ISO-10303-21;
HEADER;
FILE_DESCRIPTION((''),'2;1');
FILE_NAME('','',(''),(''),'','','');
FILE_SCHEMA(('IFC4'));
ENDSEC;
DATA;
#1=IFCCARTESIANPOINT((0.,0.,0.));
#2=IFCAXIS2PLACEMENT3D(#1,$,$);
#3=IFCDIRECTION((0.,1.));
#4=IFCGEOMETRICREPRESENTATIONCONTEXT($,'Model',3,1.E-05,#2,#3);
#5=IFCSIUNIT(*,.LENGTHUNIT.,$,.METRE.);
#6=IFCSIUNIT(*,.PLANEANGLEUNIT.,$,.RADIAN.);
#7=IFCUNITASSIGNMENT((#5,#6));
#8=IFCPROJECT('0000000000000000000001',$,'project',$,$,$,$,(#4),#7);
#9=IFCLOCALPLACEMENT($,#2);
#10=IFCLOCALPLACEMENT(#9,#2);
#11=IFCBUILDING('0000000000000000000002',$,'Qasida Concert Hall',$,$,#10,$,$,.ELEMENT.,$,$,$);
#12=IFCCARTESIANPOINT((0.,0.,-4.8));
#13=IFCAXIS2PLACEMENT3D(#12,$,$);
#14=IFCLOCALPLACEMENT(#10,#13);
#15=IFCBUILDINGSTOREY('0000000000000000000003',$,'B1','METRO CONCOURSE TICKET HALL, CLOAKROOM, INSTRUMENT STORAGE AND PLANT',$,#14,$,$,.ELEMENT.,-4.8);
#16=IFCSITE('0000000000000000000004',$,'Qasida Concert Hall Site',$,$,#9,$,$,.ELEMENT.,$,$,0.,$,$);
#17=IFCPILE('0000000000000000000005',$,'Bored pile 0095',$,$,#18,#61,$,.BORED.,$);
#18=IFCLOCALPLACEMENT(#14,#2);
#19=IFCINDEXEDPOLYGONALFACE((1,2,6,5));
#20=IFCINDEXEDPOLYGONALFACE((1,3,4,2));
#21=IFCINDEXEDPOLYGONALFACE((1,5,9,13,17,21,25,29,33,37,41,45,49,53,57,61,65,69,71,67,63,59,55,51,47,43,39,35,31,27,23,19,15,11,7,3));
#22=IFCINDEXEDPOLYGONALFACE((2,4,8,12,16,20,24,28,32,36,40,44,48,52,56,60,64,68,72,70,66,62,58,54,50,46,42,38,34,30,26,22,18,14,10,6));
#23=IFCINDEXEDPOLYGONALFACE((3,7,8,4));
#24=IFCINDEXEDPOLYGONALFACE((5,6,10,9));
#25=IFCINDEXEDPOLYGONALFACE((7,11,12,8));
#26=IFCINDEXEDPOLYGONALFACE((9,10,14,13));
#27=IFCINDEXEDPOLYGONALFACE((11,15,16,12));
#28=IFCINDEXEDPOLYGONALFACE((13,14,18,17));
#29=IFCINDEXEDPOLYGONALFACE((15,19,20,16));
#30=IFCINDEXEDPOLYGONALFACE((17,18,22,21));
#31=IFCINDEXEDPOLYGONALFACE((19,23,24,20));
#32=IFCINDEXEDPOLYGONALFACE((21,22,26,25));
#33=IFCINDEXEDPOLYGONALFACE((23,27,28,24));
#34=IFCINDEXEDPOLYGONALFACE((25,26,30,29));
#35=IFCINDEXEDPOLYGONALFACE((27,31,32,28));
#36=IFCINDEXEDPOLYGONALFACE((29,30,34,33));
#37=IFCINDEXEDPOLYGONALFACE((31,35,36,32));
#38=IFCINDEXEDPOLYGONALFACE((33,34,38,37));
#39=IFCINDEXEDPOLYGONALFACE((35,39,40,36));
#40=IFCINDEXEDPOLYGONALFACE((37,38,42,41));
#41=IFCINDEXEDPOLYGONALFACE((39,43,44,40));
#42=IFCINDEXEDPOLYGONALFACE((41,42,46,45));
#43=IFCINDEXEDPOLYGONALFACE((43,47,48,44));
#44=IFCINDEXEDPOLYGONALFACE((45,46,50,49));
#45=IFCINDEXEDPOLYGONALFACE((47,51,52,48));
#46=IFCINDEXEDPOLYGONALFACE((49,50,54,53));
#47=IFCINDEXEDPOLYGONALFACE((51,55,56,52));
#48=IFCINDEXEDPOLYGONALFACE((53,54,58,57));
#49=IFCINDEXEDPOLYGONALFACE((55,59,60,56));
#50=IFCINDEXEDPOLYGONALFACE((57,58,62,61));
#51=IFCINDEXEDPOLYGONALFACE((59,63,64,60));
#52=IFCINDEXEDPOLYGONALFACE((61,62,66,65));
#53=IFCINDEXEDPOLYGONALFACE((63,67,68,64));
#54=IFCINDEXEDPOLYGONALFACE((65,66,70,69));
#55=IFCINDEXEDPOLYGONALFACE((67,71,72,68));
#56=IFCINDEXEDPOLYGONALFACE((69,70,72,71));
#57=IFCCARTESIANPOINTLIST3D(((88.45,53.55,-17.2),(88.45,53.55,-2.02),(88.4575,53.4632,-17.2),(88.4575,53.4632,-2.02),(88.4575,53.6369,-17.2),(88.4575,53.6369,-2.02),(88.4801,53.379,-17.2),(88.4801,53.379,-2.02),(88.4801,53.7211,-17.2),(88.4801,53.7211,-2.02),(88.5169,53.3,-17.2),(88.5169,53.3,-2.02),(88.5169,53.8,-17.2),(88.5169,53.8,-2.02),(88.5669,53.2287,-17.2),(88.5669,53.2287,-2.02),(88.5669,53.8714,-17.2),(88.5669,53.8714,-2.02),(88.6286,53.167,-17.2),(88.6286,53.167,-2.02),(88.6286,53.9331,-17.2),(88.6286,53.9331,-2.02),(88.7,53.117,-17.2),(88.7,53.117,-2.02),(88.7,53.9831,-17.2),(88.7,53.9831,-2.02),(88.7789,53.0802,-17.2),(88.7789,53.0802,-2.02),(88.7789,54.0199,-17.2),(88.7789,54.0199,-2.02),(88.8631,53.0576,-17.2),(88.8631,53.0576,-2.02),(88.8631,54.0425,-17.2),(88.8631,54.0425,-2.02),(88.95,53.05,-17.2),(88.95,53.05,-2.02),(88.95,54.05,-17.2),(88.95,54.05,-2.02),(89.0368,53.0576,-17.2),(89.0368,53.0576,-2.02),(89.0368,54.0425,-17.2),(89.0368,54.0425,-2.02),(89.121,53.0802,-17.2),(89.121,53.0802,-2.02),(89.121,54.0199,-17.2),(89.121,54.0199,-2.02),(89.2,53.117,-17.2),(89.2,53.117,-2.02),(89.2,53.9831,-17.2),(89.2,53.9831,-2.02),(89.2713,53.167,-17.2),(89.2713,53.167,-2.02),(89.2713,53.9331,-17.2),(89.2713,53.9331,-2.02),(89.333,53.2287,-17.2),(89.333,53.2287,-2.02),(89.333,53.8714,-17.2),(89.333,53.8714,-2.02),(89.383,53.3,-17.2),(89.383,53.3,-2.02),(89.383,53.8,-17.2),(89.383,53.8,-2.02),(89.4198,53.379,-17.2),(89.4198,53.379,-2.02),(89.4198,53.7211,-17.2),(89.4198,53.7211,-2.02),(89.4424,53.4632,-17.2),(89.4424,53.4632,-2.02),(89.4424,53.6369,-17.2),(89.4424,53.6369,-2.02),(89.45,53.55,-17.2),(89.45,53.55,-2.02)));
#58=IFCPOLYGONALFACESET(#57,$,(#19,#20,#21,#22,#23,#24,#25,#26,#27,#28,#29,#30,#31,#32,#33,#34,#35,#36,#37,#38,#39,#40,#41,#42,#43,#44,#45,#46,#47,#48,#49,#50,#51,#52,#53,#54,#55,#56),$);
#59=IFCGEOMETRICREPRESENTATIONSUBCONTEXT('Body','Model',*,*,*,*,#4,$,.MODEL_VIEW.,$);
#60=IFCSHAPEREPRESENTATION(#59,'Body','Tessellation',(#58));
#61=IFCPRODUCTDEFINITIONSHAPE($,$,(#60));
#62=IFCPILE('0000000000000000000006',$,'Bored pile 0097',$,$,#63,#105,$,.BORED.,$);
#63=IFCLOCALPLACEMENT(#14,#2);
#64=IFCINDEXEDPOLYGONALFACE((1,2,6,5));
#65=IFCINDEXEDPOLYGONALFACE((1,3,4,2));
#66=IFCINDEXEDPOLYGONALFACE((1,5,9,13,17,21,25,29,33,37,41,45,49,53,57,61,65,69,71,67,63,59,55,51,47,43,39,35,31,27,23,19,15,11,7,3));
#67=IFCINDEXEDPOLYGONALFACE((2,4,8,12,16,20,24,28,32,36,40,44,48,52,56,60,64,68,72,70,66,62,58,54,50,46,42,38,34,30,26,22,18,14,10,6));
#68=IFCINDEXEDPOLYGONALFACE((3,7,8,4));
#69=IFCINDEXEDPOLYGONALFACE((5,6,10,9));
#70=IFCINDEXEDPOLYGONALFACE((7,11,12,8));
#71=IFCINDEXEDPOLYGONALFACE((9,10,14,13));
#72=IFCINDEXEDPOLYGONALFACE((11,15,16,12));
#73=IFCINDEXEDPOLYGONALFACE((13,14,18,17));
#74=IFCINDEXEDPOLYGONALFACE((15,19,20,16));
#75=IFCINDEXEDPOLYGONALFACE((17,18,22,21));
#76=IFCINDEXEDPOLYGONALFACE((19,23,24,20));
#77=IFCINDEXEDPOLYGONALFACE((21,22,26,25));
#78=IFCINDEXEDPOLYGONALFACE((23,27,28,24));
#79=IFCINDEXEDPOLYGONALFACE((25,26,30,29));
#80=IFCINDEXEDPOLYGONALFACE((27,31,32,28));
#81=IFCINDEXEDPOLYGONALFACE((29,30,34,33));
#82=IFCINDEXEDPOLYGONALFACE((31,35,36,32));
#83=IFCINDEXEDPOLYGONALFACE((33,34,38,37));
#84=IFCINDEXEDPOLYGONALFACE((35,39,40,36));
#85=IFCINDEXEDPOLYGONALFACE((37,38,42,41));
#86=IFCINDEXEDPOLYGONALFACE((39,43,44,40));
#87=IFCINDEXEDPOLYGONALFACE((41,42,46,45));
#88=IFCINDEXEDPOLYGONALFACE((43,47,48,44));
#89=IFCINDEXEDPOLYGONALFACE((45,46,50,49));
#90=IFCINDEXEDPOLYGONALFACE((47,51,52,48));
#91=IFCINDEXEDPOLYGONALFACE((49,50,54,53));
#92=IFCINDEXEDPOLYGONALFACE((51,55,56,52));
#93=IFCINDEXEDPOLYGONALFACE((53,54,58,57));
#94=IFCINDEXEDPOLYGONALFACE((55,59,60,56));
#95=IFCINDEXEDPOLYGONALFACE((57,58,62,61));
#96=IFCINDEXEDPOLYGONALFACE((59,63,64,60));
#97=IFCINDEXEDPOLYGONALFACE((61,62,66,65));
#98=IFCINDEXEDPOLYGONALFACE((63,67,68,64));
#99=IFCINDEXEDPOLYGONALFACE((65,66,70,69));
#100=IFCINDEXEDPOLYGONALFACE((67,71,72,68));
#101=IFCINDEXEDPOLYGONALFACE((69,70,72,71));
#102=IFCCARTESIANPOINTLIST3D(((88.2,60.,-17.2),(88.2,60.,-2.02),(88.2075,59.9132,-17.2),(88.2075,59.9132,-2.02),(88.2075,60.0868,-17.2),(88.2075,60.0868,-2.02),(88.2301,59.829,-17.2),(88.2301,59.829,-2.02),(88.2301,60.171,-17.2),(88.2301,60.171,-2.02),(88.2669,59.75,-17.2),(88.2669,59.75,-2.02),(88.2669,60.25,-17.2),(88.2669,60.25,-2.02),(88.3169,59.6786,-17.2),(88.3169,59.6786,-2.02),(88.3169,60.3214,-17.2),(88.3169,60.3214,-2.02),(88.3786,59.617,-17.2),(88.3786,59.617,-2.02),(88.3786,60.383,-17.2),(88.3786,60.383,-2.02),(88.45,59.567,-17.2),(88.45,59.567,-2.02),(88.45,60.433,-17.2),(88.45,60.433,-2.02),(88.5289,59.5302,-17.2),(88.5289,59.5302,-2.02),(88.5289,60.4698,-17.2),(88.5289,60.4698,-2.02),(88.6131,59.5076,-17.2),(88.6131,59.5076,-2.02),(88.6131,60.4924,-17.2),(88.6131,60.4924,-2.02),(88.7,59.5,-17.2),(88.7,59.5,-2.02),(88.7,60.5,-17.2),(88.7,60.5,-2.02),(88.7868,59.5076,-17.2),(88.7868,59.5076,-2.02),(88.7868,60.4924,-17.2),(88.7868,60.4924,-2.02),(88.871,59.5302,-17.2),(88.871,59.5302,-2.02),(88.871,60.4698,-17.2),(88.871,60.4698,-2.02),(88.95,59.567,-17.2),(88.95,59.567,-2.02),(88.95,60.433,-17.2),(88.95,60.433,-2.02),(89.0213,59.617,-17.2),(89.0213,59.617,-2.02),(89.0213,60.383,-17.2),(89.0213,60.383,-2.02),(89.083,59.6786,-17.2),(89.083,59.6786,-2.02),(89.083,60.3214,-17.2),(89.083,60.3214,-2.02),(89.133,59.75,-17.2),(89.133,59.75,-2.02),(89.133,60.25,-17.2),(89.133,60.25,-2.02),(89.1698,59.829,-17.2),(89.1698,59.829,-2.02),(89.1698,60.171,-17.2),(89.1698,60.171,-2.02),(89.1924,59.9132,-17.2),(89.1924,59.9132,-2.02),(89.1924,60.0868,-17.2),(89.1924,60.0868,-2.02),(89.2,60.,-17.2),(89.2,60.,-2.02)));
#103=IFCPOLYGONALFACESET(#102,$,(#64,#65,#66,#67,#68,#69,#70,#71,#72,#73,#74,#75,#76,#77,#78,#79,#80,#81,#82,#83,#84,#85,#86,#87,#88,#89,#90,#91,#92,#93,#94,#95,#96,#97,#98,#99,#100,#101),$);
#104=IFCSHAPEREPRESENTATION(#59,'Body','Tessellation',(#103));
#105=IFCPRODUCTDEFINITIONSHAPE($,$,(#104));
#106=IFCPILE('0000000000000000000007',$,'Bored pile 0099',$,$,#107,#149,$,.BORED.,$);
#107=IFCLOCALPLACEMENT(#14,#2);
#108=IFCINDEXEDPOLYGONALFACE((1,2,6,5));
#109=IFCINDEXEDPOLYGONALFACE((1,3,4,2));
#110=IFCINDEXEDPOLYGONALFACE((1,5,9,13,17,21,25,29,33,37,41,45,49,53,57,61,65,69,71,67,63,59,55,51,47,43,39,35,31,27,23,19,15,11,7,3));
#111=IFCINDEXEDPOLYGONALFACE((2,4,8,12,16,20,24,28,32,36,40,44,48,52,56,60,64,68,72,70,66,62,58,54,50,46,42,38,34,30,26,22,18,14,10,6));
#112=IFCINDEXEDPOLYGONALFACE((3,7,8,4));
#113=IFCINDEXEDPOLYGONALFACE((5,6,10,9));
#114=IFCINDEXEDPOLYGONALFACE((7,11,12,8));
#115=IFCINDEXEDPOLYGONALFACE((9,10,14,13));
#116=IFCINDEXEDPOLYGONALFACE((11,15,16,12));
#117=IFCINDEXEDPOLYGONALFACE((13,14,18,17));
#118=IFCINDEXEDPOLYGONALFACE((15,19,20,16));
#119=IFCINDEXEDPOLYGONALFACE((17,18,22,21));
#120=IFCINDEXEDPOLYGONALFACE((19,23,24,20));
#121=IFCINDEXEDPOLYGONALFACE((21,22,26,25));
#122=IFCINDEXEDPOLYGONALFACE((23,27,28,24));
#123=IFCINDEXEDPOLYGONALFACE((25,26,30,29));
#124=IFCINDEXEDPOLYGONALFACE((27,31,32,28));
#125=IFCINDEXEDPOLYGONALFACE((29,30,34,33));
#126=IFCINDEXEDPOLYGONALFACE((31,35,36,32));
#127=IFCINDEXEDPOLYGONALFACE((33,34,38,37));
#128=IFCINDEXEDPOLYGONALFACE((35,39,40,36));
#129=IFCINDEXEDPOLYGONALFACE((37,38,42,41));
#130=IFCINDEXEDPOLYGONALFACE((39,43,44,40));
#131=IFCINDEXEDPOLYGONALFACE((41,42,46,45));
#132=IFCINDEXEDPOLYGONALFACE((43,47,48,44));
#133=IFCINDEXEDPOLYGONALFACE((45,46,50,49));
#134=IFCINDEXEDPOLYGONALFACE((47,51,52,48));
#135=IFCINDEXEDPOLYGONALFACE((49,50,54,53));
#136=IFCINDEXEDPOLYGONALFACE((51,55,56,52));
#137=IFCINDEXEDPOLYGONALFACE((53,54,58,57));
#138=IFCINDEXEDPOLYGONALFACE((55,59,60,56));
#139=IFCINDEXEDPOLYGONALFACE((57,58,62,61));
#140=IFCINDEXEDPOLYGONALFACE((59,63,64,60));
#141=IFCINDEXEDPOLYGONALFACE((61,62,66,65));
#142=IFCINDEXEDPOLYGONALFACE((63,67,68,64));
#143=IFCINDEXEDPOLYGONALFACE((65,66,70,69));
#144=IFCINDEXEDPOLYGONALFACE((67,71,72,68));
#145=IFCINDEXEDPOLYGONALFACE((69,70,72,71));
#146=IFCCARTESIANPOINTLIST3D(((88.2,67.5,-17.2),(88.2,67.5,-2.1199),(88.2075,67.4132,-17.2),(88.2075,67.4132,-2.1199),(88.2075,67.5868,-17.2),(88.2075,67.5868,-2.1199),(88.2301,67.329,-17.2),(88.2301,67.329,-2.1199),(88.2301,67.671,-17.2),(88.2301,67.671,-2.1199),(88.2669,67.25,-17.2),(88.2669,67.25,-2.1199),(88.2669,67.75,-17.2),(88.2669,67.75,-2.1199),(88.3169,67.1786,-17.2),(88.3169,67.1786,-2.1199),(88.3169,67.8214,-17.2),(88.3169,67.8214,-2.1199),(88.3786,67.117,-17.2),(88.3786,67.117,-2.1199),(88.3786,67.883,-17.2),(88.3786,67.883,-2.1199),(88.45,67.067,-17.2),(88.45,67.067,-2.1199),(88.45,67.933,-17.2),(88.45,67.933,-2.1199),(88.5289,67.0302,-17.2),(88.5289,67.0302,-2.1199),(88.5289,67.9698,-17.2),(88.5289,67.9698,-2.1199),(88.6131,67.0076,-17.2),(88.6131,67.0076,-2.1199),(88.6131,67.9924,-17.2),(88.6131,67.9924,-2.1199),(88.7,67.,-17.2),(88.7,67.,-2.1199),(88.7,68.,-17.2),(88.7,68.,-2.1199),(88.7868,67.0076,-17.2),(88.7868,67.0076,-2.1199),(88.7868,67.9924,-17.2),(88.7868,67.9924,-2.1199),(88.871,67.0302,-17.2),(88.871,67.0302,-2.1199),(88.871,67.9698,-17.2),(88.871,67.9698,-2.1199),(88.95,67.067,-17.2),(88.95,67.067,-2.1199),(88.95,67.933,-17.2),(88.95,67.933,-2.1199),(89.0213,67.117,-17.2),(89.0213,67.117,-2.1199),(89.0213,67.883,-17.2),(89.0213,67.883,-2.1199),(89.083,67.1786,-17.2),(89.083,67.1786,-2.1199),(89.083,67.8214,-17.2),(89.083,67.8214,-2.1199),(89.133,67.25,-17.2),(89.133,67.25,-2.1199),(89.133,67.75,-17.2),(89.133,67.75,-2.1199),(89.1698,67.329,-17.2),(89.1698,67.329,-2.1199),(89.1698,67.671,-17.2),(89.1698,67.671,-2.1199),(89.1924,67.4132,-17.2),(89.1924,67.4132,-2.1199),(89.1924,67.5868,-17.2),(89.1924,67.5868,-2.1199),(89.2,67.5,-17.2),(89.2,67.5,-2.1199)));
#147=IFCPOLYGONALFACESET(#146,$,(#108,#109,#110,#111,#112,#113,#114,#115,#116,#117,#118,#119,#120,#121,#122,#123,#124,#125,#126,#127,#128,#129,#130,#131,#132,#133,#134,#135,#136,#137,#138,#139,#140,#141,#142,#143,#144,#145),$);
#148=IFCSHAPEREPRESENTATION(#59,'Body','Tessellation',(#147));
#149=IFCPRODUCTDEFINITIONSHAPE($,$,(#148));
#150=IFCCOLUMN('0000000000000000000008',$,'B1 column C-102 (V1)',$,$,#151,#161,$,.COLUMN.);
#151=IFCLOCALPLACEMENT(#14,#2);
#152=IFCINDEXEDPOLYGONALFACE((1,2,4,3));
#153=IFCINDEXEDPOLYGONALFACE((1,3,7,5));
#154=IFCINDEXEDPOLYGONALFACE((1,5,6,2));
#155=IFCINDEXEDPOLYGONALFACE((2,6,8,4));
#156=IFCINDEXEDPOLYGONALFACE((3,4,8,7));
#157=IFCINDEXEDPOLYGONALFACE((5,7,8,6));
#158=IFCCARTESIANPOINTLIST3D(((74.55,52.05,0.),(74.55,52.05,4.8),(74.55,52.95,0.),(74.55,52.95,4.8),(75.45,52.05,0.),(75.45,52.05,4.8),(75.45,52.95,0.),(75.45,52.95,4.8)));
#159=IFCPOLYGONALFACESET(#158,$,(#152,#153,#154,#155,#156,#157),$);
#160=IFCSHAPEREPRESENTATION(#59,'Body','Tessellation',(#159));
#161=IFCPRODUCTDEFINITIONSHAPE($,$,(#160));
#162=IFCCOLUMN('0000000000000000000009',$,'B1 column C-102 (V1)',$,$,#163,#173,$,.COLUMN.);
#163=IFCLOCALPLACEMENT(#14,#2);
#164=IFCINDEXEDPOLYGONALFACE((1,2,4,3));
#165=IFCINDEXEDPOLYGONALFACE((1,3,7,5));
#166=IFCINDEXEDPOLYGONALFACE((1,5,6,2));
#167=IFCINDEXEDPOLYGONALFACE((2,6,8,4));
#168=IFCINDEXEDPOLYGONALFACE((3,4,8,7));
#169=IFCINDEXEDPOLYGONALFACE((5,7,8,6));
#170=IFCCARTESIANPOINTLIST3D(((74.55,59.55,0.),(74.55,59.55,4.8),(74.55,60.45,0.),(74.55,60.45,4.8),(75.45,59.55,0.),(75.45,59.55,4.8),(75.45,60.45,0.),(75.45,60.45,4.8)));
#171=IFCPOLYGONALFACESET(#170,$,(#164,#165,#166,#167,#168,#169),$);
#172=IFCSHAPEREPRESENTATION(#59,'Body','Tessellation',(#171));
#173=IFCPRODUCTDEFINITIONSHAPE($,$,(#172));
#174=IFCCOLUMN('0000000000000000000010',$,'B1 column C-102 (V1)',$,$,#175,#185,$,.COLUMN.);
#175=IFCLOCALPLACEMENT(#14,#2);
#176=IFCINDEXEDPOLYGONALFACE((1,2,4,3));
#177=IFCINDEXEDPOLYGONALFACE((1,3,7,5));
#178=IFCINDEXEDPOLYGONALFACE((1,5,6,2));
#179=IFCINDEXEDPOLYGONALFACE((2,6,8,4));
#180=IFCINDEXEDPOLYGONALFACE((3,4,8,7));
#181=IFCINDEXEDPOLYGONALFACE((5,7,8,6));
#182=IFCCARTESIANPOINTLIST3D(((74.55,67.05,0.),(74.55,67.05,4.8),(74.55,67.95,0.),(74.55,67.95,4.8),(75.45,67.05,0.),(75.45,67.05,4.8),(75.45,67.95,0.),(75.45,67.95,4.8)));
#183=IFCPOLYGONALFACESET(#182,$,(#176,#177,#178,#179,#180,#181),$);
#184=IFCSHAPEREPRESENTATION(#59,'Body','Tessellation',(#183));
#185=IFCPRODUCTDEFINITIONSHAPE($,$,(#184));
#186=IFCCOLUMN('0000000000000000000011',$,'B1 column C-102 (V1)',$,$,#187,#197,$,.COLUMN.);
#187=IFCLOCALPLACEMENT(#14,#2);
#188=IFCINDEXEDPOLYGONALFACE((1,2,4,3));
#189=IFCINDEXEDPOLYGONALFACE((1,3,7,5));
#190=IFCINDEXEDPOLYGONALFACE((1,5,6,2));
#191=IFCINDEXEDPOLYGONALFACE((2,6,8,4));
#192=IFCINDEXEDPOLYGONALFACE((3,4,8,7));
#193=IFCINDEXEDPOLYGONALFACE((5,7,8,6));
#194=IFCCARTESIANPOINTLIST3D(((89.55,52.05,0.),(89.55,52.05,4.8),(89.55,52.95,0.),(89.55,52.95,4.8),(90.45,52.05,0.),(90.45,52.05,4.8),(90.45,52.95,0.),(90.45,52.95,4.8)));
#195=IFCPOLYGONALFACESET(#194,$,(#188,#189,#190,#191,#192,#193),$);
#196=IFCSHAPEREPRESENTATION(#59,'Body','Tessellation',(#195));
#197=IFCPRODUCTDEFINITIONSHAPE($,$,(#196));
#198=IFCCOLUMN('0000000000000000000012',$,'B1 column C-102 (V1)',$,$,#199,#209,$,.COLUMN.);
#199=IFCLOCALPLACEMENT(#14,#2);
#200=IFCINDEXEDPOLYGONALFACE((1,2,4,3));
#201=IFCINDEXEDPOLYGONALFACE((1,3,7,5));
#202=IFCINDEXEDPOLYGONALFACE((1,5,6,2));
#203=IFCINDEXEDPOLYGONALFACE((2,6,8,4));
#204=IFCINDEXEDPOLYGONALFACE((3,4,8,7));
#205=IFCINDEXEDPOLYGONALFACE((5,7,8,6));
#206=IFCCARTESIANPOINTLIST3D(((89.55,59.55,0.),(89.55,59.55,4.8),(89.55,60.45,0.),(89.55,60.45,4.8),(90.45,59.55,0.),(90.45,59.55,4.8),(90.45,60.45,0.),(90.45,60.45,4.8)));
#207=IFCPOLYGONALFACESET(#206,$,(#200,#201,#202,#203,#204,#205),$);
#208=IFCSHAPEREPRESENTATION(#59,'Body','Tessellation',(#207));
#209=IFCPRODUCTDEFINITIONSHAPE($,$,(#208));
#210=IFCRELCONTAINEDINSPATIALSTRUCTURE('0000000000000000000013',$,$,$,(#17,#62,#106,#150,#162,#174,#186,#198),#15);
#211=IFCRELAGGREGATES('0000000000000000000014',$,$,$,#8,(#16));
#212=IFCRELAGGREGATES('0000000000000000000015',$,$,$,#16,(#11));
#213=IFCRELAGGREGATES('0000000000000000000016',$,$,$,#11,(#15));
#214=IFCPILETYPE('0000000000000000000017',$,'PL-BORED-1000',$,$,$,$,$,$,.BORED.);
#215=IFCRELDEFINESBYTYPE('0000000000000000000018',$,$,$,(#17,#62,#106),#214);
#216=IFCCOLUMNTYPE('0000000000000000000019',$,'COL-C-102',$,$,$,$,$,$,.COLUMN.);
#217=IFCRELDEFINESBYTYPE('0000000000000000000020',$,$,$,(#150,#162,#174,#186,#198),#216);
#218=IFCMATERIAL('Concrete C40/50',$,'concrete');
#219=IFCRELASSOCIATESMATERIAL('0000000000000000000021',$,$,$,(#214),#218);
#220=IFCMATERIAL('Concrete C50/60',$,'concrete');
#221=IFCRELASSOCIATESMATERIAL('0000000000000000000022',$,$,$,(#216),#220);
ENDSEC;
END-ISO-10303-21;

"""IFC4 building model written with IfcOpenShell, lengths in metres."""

from ifc_helpers import new_model, si_unit, direction, frame, origin, origin_2d, place, context, subcontext, project, spatial, rectangle, circle, extrude, material, material_profile, profile_set, type_object, element, save


model = new_model("IFC4")

# Units and contexts
model_context = context("Model", 3, precision=1e-05, world=origin(), true_north=direction((0.0, 1.0)))
body_context = subcontext(model_context, "Body", "Model", "MODEL_VIEW")
ifc_project = project(units=[si_unit("LENGTHUNIT", "METRE"), si_unit("PLANEANGLEUNIT", "RADIAN")], contexts=[model_context])

# Site, building, storey
site_placement = place(None, origin())
site = spatial("IfcSite", under=ifc_project, at=site_placement, Name="Qasida Concert Hall Site", CompositionType="ELEMENT", RefElevation=0.0)
building_placement = place(site_placement, origin())
building = spatial("IfcBuilding", under=site, at=building_placement, Name="Qasida Concert Hall", CompositionType="ELEMENT")
storey_placement = place(building_placement, frame((0.0, 0.0, -4.8)))
storey = spatial("IfcBuildingStorey", under=building, at=storey_placement, Name="B1", Description="METRO CONCOURSE TICKET HALL, CLOAKROOM, INSTRUMENT STORAGE AND PLANT", CompositionType="ELEMENT", Elevation=-4.8)

# Shared definitions
ifc_material_1 = material(Name="Concrete C40/50", Category="concrete")

# Piles
ifc_material_profile_1 = material_profile(ifc_material_1, circle(Radius=0.5, at=origin_2d()), Name="BORED PILE D1000")
ifc_profile_set_1 = profile_set([ifc_material_profile_1], Name="Concrete C40/50")
pile_type = type_object("IfcPileType", Name="PL-BORED-1000", PredefinedType="BORED", material=ifc_profile_set_1)
for number, where, z_axis, x_axis, name in (
    (1, (88.95, 53.55, -2.02), (0.0, 0.0, -1.0), (1.0, 0.0, 0.0), "Bored pile 0095"),
    (2, (88.7, 60.0, -2.02), (0.0, 0.0, -1.0), (1.0, 0.0, 0.0), "Bored pile 0097"),
):
    element("IfcPile", number, at=place(storey_placement, frame(where, z_axis=z_axis, x_axis=x_axis)), inside=storey, type_object=pile_type, Name=name, PredefinedType="BORED", context=body_context, shape_type="SweptSolid", body=[
        extrude(circle(Radius=0.5, at=origin_2d()), origin(), (0.0, 0.0, 1.0), 15.1799),
    ])
pile_1_placement = place(storey_placement, frame((88.7, 67.5, -2.1199), z_axis=(0.0, 0.0, -1.0), x_axis=(1.0, 0.0, 0.0)))
element("IfcPile", 3, at=pile_1_placement, inside=storey, type_object=pile_type, Name="Bored pile 0099", PredefinedType="BORED", context=body_context, shape_type="SweptSolid", body=[
    extrude(circle(Radius=0.5, at=origin_2d()), origin(), (0.0, 0.0, 1.0), 15.0801),
])

# Columns
ifc_material_2 = material(Name="Concrete C50/60", Category="concrete")
ifc_material_profile_2 = material_profile(ifc_material_2, rectangle(XDim=0.8999, YDim=0.8999, at=origin_2d()), Name="RC 900x900")
ifc_profile_set_2 = profile_set([ifc_material_profile_2], Name="Concrete C50/60")
column_type = type_object("IfcColumnType", Name="COL-C-102", PredefinedType="COLUMN", material=ifc_profile_set_2)
for number, where, z_axis, x_axis, name in (
    (4, (75.0, 52.5, 0.0), (0.0, 0.0, 1.0), (1.0, 0.0, 0.0), "B1 column C-102 (V1)"),
    (5, (75.0, 60.0, 0.0), (0.0, 0.0, 1.0), (1.0, 0.0, 0.0), "B1 column C-102 (V1)"),
    (6, (75.0, 67.5, 0.0), (0.0, 0.0, 1.0), (1.0, 0.0, 0.0), "B1 column C-102 (V1)"),
    (7, (90.0, 52.5, 0.0), (0.0, 0.0, 1.0), (1.0, 0.0, 0.0), "B1 column C-102 (V1)"),
    (8, (90.0, 60.0, 0.0), (0.0, 0.0, 1.0), (1.0, 0.0, 0.0), "B1 column C-102 (V1)"),
):
    element("IfcColumn", number, at=place(storey_placement, frame(where, z_axis=z_axis, x_axis=x_axis)), inside=storey, type_object=column_type, Name=name, PredefinedType="COLUMN", context=body_context, shape_type="SweptSolid", body=[
        extrude(rectangle(XDim=0.8999, YDim=0.8999, at=origin_2d()), origin(), (0.0, 0.0, 1.0), 4.8),
    ])

save(model, "model.ifc")
